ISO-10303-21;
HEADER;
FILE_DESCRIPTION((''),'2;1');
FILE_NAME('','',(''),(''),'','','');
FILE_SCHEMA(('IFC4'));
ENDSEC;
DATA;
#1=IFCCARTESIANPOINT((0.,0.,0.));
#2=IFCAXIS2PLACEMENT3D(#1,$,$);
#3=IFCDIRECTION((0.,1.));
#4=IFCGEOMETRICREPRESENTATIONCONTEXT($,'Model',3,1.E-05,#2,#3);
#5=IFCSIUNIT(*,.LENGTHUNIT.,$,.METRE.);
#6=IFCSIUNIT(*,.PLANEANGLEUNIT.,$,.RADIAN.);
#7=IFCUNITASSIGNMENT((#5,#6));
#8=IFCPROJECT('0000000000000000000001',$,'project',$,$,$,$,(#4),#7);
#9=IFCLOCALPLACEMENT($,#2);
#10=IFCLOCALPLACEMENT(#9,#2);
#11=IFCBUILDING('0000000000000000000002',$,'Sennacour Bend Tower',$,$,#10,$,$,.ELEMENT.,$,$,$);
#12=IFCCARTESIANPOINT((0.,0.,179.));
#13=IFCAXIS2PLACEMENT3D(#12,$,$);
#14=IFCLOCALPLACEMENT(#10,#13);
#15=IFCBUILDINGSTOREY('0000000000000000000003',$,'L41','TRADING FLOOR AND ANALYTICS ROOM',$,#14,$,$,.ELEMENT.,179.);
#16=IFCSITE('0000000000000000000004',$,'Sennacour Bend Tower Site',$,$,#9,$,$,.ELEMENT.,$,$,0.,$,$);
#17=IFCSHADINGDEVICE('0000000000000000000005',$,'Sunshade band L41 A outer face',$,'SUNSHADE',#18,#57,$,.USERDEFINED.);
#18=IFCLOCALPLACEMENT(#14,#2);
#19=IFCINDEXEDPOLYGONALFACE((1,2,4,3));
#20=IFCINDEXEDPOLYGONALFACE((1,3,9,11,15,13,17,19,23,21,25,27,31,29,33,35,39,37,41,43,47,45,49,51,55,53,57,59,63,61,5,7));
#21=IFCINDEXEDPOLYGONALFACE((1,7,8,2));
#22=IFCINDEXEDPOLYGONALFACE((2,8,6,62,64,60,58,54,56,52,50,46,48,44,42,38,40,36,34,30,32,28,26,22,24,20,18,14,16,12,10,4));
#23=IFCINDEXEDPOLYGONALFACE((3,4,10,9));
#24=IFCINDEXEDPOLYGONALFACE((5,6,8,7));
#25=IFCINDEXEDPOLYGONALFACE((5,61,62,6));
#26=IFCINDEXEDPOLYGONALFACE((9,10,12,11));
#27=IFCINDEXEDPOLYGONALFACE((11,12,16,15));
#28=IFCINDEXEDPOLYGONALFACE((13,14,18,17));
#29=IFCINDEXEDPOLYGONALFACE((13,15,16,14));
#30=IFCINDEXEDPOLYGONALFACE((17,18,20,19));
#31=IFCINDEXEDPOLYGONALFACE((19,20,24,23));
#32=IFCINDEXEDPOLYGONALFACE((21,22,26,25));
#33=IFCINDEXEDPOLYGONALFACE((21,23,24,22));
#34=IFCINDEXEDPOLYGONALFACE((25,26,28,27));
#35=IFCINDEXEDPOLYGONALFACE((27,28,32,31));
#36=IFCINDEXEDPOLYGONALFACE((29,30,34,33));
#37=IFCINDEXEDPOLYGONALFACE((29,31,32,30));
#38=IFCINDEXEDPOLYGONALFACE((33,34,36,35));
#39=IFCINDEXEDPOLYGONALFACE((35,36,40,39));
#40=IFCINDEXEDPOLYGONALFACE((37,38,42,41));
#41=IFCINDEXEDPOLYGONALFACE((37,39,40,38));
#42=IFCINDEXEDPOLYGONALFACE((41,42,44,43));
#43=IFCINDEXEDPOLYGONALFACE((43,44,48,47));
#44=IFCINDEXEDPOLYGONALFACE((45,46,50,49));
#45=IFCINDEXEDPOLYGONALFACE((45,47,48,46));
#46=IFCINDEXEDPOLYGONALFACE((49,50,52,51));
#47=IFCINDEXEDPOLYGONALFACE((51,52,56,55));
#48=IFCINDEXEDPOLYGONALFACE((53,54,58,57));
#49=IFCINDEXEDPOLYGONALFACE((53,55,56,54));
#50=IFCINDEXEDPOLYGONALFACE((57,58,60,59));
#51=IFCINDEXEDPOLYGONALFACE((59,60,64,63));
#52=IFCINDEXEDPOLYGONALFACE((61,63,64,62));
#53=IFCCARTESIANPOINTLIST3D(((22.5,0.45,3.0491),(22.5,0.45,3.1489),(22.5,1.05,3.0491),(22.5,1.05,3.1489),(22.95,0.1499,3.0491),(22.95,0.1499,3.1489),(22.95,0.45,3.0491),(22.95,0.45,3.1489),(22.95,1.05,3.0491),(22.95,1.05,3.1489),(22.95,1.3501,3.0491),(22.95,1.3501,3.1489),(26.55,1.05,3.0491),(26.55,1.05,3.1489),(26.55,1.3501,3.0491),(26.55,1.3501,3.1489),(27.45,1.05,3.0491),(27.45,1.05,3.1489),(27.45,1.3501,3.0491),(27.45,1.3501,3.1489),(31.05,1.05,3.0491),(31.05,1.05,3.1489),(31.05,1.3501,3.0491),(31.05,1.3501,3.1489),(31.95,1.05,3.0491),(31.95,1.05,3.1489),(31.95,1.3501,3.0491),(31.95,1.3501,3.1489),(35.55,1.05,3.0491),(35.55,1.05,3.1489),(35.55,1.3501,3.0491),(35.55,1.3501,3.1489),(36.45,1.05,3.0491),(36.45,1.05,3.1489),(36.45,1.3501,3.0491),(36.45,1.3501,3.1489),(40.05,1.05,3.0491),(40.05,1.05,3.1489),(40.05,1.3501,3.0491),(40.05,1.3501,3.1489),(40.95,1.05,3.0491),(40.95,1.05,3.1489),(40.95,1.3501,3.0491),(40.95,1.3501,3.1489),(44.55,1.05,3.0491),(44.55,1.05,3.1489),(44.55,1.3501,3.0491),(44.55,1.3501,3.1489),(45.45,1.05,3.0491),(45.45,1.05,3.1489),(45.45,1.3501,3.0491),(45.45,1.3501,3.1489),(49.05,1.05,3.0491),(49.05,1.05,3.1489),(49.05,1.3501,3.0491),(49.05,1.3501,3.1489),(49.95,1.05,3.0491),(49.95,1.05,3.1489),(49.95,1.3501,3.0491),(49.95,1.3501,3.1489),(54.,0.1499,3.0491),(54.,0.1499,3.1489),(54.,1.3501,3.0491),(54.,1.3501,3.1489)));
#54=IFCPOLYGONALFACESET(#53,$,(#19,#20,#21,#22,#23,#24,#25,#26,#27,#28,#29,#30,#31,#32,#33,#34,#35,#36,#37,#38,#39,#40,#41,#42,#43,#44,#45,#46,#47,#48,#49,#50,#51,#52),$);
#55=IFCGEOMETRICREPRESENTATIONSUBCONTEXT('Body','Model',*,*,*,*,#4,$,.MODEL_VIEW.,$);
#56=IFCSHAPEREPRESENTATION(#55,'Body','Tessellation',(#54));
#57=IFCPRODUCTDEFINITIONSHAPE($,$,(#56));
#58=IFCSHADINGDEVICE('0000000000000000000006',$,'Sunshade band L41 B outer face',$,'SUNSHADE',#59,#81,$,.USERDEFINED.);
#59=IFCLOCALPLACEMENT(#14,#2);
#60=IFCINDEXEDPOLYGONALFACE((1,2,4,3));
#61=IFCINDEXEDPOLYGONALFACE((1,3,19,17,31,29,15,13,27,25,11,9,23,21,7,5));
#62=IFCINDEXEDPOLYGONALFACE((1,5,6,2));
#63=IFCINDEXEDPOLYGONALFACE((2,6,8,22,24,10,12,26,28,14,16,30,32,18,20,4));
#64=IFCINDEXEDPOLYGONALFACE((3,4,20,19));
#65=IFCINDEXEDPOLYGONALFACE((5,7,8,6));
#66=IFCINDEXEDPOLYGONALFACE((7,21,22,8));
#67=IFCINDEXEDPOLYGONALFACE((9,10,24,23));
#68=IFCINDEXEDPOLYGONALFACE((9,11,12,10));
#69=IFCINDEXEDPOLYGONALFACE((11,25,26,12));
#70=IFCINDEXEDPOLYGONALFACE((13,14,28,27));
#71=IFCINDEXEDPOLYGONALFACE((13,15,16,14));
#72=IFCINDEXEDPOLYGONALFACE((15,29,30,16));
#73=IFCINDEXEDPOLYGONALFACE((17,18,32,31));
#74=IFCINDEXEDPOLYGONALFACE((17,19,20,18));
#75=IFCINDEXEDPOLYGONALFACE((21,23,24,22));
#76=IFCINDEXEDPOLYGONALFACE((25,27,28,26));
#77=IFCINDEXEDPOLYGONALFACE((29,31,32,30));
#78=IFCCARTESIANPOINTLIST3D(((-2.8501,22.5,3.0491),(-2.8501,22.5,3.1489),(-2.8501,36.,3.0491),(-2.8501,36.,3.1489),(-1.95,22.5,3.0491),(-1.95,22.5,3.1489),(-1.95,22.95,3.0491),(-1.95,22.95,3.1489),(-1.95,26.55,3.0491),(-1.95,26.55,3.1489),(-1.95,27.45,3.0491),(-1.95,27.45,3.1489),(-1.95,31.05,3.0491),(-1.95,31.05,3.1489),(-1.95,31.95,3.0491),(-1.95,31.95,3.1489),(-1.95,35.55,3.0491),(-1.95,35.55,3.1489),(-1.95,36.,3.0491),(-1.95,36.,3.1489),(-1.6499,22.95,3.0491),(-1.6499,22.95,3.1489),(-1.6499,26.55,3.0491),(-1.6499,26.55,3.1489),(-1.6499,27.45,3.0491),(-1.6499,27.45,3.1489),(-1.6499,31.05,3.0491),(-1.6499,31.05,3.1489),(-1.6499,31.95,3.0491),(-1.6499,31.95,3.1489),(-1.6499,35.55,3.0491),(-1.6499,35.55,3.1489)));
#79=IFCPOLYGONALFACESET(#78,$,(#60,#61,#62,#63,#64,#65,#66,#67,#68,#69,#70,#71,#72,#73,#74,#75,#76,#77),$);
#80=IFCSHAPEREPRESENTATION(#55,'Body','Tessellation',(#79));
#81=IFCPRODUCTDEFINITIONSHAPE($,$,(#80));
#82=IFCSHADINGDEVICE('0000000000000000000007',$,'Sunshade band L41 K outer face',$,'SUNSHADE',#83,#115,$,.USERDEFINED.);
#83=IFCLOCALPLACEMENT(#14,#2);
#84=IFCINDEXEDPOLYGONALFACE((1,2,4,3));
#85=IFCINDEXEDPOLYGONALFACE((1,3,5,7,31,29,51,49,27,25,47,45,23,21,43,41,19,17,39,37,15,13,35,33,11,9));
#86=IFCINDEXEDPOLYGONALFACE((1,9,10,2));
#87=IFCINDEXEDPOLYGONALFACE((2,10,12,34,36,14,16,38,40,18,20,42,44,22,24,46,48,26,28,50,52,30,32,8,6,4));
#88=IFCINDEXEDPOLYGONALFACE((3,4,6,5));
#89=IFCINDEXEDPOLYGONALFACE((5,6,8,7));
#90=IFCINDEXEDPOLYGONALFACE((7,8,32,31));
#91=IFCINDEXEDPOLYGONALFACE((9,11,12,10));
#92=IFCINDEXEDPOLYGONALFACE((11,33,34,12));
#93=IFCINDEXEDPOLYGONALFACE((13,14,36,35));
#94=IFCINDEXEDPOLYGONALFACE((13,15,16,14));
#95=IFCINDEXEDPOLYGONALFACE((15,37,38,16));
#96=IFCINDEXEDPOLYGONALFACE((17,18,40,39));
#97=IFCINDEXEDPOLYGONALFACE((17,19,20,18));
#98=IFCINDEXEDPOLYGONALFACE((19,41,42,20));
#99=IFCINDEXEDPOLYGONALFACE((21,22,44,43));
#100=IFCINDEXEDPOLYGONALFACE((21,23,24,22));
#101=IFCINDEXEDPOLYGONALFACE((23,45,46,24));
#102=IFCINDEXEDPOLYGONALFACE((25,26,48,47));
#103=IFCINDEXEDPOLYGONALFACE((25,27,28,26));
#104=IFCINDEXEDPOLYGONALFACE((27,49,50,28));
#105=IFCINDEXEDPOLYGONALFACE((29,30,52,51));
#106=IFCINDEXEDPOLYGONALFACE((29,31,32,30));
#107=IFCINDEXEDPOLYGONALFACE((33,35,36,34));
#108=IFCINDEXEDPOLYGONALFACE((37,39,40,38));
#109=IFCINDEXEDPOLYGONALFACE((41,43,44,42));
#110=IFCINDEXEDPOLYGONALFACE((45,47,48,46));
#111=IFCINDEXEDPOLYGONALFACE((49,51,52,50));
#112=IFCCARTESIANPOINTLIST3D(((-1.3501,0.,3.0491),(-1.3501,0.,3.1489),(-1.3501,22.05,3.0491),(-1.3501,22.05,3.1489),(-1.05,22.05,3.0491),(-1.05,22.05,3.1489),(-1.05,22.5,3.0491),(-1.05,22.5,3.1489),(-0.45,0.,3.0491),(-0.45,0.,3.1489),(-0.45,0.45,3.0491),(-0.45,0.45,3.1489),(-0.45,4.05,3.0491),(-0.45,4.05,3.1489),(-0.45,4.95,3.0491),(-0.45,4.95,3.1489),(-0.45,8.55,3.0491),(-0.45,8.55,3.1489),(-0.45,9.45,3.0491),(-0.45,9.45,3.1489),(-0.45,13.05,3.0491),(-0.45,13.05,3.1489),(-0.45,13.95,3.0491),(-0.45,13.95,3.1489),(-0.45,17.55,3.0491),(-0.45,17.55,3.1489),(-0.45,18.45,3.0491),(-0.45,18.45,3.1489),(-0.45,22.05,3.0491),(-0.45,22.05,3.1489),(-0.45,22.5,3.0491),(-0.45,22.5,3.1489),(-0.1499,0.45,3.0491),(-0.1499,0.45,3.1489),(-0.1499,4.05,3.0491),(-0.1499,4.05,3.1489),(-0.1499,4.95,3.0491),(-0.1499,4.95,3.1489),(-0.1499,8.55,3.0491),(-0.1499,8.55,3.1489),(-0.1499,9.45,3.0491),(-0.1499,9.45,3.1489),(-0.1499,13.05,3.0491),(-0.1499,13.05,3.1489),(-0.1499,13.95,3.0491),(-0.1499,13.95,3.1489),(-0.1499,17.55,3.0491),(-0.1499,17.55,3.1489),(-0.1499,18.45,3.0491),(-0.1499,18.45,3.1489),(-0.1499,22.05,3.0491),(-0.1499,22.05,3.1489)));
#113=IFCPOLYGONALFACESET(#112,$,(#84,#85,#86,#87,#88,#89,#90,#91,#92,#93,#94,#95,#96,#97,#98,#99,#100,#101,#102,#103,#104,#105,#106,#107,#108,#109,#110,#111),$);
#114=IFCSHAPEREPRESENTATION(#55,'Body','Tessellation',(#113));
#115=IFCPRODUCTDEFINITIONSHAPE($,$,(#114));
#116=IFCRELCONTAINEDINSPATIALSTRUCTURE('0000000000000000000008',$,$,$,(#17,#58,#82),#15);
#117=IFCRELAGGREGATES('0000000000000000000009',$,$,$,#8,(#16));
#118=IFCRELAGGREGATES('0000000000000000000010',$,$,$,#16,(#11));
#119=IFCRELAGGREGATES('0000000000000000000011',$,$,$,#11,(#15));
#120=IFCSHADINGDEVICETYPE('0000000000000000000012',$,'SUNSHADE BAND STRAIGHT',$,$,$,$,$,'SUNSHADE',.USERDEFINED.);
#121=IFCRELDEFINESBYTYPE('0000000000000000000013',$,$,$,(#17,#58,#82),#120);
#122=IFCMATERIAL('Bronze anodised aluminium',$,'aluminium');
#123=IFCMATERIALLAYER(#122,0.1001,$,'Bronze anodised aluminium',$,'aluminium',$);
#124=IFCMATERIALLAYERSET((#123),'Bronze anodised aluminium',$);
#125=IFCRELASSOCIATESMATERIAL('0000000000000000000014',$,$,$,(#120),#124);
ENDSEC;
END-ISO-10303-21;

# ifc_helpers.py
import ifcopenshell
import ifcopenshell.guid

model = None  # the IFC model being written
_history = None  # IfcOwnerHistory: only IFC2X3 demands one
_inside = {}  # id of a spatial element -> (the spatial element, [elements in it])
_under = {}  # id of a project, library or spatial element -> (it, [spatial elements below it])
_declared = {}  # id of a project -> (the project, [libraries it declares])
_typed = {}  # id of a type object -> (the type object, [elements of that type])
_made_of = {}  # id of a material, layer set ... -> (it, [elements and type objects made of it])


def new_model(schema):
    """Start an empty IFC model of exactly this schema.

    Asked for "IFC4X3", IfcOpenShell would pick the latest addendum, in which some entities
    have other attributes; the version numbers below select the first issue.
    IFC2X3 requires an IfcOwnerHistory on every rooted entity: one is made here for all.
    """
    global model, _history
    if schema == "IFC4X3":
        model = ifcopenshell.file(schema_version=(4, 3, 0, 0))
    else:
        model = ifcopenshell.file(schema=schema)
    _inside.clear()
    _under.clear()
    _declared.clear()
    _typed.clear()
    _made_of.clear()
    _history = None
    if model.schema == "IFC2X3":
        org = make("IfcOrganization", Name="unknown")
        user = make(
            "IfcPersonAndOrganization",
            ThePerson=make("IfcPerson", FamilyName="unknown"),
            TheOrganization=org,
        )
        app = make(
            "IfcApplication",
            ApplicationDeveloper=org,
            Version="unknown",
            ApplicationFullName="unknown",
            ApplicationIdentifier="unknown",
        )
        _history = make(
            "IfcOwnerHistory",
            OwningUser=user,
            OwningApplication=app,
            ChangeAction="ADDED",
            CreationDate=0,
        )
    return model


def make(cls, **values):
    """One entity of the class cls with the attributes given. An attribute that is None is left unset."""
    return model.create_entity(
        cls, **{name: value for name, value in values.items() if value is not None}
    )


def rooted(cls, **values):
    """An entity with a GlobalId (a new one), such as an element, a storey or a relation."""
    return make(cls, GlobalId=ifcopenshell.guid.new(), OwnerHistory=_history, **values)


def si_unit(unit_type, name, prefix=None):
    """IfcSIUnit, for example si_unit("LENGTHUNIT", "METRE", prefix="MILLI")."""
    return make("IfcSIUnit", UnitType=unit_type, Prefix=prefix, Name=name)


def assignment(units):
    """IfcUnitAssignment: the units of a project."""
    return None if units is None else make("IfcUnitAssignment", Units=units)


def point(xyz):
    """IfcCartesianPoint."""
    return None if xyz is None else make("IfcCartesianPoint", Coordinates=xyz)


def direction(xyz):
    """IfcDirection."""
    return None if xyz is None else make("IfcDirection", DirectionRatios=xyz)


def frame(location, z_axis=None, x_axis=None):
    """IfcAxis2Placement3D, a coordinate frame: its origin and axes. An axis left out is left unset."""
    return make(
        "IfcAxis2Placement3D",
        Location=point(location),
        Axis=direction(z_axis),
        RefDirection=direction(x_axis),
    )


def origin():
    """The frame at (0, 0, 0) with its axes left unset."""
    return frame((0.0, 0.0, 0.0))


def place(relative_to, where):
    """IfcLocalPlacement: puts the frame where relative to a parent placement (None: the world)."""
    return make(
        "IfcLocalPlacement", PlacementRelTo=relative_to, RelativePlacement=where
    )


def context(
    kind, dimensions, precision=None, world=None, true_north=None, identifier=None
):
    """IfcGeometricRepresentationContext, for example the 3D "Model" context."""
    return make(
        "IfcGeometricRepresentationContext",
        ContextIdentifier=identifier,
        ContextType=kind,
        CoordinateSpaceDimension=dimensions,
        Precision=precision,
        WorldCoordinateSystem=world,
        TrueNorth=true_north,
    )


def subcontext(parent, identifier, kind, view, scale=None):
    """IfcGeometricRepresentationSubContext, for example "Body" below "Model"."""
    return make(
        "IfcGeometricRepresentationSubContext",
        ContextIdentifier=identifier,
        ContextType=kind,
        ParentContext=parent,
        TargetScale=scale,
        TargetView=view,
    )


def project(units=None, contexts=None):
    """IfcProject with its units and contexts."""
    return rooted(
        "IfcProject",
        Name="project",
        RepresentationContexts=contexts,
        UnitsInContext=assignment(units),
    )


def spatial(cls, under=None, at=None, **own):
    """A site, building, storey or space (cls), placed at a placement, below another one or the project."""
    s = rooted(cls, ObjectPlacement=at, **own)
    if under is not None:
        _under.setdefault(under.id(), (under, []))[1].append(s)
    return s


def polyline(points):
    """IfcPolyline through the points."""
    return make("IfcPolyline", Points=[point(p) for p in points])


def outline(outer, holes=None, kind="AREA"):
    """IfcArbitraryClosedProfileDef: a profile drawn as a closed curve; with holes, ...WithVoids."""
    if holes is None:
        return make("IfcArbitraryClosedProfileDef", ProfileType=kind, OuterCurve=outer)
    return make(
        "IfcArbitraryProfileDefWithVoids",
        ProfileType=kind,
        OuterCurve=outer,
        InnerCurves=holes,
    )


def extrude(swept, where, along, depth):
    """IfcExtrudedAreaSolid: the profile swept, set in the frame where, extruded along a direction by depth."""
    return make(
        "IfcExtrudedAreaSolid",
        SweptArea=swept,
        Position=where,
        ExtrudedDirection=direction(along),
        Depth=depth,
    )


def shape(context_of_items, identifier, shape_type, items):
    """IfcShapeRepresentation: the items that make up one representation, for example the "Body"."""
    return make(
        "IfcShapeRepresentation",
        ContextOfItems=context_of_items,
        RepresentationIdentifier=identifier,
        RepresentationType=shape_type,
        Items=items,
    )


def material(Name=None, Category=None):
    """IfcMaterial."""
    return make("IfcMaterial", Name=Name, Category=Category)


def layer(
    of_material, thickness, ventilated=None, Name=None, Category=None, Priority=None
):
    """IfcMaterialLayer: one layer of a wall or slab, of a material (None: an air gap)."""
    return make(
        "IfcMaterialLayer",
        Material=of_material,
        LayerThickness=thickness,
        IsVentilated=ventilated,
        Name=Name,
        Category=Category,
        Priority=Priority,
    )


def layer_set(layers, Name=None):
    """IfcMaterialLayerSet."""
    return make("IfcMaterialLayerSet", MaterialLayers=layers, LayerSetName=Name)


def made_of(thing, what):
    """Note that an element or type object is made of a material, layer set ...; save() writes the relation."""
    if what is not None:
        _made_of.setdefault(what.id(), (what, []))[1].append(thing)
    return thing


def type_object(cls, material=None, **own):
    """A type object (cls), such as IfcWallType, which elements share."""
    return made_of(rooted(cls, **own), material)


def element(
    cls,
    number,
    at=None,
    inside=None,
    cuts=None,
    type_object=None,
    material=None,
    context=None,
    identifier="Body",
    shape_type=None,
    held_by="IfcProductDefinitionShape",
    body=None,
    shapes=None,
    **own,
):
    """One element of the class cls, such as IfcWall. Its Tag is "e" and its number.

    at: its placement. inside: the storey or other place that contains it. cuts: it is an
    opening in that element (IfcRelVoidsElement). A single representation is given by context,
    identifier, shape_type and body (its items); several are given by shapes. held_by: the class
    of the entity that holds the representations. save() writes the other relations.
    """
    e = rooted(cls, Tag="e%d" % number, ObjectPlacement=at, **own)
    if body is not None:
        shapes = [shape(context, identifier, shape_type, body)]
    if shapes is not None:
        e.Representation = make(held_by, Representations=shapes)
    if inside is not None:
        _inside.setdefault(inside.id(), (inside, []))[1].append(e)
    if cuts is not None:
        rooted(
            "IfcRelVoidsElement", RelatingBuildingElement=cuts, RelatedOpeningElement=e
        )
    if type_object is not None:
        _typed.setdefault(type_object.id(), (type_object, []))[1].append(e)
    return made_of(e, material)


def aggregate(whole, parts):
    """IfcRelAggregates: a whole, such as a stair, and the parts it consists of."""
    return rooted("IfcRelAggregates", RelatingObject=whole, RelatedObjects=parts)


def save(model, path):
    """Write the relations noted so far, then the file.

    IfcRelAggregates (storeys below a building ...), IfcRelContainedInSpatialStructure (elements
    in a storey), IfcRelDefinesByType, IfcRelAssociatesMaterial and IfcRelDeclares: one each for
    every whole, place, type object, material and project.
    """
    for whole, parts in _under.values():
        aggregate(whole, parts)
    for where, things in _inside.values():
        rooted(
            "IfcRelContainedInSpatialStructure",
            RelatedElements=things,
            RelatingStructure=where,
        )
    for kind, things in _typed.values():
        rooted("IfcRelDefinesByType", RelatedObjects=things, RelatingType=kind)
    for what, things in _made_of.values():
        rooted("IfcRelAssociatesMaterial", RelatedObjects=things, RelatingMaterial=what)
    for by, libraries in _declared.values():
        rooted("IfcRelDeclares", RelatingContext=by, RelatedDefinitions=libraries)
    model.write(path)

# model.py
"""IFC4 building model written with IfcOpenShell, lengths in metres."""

from ifc_helpers import new_model, si_unit, direction, frame, origin, place, context, subcontext, project, spatial, polyline, outline, extrude, material, layer, layer_set, type_object, element, save


model = new_model("IFC4")

# Units and contexts
model_context = context("Model", 3, precision=1e-05, world=origin(), true_north=direction((0.0, 1.0)))
body_context = subcontext(model_context, "Body", "Model", "MODEL_VIEW")
ifc_project = project(units=[si_unit("LENGTHUNIT", "METRE"), si_unit("PLANEANGLEUNIT", "RADIAN")], contexts=[model_context])

# Site, building, storey
site_placement = place(None, origin())
site = spatial("IfcSite", under=ifc_project, at=site_placement, Name="Sennacour Bend Tower Site", CompositionType="ELEMENT", RefElevation=0.0)
building_placement = place(site_placement, origin())
building = spatial("IfcBuilding", under=site, at=building_placement, Name="Sennacour Bend Tower", CompositionType="ELEMENT")
storey_placement = place(building_placement, frame((0.0, 0.0, 179.0)))
storey = spatial("IfcBuildingStorey", under=building, at=storey_placement, Name="L41", Description="TRADING FLOOR AND ANALYTICS ROOM", CompositionType="ELEMENT", Elevation=179.0)

# Shading devices
ifc_material_1 = material(Name="Bronze anodised aluminium", Category="aluminium")
ifc_layer_1 = layer(ifc_material_1, 0.1001, Name="Bronze anodised aluminium", Category="aluminium")
ifc_layer_set_1 = layer_set([ifc_layer_1], Name="Bronze anodised aluminium")
shading_device_type_1 = type_object("IfcShadingDeviceType", Name="SUNSHADE BAND STRAIGHT", ElementType="SUNSHADE", PredefinedType="USERDEFINED", material=ifc_layer_set_1)
shading_device_1_placement = place(storey_placement, frame((0.0, 0.0, 3.0491)))
element("IfcShadingDevice", 1, at=shading_device_1_placement, inside=storey, type_object=shading_device_type_1, Name="Sunshade band L41 A outer face", ObjectType="SUNSHADE", PredefinedType="USERDEFINED", context=body_context, shape_type="SweptSolid", body=[
    extrude(outline(polyline([(26.55, 1.3501), (26.55, 1.05), (27.45, 1.05), (27.45, 1.3501), (31.05, 1.3501), (31.05, 1.05), (31.95, 1.05), (31.95, 1.3501), (35.55, 1.3501), (35.55, 1.05), (36.45, 1.05), (36.45, 1.3501), (40.05, 1.3501), (40.05, 1.05), (40.95, 1.05), (40.95, 1.3501), (44.55, 1.3501), (44.55, 1.05), (45.45, 1.05), (45.45, 1.3501), (49.05, 1.3501), (49.05, 1.05), (49.95, 1.05), (49.95, 1.3501), (54.0, 1.3501), (54.0, 0.1499), (22.95, 0.1499), (22.95, 0.45), (22.5, 0.45), (22.5, 1.05), (22.95, 1.05), (22.95, 1.3501), (26.55, 1.3501)])), origin(), (0.0, 0.0, 1.0), 0.0999),
])
shading_device_2_placement = place(storey_placement, frame((0.0, 0.0, 3.0491)))
element("IfcShadingDevice", 2, at=shading_device_2_placement, inside=storey, type_object=shading_device_type_1, Name="Sunshade band L41 B outer face", ObjectType="SUNSHADE", PredefinedType="USERDEFINED", context=body_context, shape_type="SweptSolid", body=[
    extrude(outline(polyline([(-1.6499, 31.95), (-1.95, 31.95), (-1.95, 31.05), (-1.6499, 31.05), (-1.6499, 27.45), (-1.95, 27.45), (-1.95, 26.55), (-1.6499, 26.55), (-1.6499, 22.95), (-1.95, 22.95), (-1.95, 22.5), (-2.8501, 22.5), (-2.8501, 36.0), (-1.95, 36.0), (-1.95, 35.55), (-1.6499, 35.55), (-1.6499, 31.95)])), origin(), (0.0, 0.0, 1.0), 0.0999),
])
shading_device_3_placement = place(storey_placement, frame((0.0, 0.0, 3.0491)))
element("IfcShadingDevice", 3, at=shading_device_3_placement, inside=storey, type_object=shading_device_type_1, Name="Sunshade band L41 K outer face", ObjectType="SUNSHADE", PredefinedType="USERDEFINED", context=body_context, shape_type="SweptSolid", body=[
    extrude(outline(polyline([(-0.1499, 18.45), (-0.45, 18.45), (-0.45, 17.55), (-0.1499, 17.55), (-0.1499, 13.95), (-0.45, 13.95), (-0.45, 13.05), (-0.1499, 13.05), (-0.1499, 9.45), (-0.45, 9.45), (-0.45, 8.55), (-0.1499, 8.55), (-0.1499, 4.95), (-0.45, 4.95), (-0.45, 4.05), (-0.1499, 4.05), (-0.1499, 0.45), (-0.45, 0.45), (-0.45, 0.0), (-1.3501, 0.0), (-1.3501, 22.05), (-1.05, 22.05), (-1.05, 22.5), (-0.45, 22.5), (-0.45, 22.05), (-0.1499, 22.05), (-0.1499, 18.45)])), origin(), (0.0, 0.0, 1.0), 0.0999),
])

save(model, "model.ifc")
